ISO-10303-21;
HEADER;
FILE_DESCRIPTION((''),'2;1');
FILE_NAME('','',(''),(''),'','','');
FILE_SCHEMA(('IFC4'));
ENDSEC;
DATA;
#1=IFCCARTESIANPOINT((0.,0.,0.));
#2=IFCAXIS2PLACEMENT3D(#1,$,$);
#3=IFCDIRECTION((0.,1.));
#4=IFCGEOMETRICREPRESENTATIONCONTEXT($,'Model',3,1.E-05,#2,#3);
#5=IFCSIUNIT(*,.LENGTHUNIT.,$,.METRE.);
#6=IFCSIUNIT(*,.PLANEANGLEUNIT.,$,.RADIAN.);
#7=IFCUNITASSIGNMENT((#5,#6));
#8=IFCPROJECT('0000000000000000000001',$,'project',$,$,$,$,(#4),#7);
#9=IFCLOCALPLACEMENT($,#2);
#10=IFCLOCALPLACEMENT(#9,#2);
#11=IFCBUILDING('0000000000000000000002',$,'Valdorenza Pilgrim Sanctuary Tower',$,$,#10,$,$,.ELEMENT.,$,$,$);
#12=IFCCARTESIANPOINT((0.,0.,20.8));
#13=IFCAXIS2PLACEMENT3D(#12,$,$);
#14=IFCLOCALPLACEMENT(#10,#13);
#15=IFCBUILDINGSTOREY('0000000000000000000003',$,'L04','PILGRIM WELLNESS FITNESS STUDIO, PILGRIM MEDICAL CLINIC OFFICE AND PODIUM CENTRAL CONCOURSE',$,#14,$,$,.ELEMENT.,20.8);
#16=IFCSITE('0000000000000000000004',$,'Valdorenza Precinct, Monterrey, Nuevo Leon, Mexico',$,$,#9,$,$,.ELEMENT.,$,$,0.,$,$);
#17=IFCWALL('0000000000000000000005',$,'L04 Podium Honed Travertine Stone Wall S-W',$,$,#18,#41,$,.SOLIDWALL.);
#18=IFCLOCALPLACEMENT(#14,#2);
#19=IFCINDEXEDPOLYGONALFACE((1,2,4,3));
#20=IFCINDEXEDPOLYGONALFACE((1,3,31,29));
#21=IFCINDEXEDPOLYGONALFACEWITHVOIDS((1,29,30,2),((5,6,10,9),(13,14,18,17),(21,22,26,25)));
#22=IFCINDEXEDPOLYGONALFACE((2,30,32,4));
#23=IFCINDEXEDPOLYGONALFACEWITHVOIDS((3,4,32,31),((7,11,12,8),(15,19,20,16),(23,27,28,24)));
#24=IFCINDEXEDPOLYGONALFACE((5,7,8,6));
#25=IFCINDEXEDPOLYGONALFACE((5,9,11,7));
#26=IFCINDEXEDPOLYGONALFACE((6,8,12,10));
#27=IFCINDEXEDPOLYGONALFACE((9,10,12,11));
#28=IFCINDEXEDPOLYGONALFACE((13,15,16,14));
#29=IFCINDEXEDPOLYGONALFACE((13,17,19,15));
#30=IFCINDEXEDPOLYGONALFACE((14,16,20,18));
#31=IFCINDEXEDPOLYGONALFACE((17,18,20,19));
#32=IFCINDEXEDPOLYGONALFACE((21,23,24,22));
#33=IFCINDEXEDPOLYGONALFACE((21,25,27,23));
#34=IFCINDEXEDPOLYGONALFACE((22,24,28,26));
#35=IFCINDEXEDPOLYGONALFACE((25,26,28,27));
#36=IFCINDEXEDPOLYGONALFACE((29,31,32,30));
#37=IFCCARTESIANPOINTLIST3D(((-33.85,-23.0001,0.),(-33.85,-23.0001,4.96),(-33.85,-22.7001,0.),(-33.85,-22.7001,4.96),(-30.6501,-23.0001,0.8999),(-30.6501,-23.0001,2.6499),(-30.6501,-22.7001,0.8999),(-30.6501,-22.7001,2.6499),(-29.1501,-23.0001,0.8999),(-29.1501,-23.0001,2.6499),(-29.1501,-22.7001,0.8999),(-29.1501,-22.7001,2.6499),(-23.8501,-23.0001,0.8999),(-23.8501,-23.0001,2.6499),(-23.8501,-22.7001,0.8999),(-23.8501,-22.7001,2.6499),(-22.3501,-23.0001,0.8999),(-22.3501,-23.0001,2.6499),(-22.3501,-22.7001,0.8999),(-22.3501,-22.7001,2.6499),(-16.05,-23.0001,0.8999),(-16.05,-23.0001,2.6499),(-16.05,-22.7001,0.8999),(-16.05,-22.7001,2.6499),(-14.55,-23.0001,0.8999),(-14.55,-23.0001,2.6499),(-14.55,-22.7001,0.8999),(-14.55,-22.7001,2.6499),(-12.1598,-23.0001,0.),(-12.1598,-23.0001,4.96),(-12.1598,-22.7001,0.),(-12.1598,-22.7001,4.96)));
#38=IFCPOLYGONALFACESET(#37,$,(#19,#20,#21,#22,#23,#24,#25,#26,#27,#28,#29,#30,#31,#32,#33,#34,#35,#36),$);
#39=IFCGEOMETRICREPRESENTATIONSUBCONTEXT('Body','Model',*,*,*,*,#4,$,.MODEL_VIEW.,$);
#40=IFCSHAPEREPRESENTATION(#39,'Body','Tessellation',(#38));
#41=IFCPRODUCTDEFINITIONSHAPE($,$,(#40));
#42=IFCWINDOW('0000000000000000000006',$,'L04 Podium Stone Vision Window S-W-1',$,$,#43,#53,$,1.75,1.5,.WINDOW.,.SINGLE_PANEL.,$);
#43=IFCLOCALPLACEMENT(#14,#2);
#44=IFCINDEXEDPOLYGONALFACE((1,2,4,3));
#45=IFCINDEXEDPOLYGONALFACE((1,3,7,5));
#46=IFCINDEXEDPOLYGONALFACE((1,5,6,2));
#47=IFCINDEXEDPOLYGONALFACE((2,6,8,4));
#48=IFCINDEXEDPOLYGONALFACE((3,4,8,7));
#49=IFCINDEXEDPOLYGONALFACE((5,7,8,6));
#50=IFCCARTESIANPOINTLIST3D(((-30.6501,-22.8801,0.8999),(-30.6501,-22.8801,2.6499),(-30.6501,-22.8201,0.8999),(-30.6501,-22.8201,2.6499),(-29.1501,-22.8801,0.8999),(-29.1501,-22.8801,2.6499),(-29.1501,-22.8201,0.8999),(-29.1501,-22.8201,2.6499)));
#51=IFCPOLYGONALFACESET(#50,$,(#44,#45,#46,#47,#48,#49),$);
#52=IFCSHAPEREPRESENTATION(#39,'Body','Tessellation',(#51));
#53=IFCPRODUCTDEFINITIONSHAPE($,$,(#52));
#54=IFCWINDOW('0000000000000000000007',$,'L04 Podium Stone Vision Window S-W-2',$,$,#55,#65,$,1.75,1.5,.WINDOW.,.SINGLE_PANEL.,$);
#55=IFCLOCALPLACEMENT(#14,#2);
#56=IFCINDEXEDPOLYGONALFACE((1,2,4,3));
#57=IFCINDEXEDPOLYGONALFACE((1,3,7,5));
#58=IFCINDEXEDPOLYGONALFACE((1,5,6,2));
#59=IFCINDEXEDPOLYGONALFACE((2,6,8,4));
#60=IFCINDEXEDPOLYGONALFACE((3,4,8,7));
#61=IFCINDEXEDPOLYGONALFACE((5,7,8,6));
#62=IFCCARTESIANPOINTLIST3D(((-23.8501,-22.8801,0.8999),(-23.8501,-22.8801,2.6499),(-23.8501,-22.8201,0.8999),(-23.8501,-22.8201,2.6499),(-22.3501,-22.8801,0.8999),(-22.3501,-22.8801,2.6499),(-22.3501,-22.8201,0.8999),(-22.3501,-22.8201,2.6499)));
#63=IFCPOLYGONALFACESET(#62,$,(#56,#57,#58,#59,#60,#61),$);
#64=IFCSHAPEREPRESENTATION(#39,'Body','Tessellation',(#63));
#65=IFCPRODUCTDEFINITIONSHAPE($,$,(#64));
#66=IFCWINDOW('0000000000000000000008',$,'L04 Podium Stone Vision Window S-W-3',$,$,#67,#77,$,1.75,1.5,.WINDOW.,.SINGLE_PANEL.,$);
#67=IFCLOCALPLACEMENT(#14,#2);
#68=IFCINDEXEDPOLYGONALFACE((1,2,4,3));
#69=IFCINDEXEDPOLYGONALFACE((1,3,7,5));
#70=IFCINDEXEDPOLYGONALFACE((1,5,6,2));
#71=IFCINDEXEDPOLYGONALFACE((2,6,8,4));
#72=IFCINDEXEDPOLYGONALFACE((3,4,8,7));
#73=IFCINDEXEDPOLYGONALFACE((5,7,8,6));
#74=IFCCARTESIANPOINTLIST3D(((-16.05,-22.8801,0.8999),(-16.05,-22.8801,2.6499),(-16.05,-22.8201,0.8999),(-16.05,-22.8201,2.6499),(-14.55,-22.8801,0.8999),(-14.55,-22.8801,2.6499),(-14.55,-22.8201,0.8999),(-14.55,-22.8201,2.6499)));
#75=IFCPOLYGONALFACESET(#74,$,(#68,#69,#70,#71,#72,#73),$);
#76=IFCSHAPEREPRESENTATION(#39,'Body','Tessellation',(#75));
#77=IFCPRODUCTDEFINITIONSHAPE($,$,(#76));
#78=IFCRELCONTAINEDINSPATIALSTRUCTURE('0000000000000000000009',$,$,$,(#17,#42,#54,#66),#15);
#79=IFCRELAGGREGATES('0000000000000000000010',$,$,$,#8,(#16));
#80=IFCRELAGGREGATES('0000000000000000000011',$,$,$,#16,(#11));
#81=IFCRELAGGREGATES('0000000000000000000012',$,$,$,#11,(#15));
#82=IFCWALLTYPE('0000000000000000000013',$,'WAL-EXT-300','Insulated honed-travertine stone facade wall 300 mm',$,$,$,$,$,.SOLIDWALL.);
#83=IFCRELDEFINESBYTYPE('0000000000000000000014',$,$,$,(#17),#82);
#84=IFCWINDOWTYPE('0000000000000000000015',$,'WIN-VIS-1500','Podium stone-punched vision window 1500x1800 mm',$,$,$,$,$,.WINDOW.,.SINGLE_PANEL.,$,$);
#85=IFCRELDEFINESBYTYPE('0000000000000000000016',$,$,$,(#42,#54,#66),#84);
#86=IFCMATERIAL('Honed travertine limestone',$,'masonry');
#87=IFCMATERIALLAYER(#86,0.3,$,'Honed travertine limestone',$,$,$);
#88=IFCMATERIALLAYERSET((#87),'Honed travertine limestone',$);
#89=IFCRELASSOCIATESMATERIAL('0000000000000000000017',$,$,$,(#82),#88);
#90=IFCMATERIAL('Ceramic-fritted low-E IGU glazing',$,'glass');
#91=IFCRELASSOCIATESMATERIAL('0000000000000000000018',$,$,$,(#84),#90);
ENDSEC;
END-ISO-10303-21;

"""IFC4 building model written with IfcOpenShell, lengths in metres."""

from ifc_helpers import new_model, si_unit, direction, frame, frame_2d, origin, place, context, subcontext, project, spatial, rectangle, extrude, material, layer, layer_set, type_object, element, fill, save


model = new_model("IFC4")

# Units and contexts
model_context = context("Model", 3, precision=1e-05, world=origin(), true_north=direction((0.0, 1.0)))
body_context = subcontext(model_context, "Body", "Model", "MODEL_VIEW")
ifc_project = project(units=[si_unit("LENGTHUNIT", "METRE"), si_unit("PLANEANGLEUNIT", "RADIAN")], contexts=[model_context])

# Site, building, storey
site_placement = place(None, origin())
site = spatial("IfcSite", under=ifc_project, at=site_placement, Name="Valdorenza Precinct, Monterrey, Nuevo Leon, Mexico", CompositionType="ELEMENT", RefElevation=0.0)
building_placement = place(site_placement, origin())
building = spatial("IfcBuilding", under=site, at=building_placement, Name="Valdorenza Pilgrim Sanctuary Tower", CompositionType="ELEMENT")
storey_placement = place(building_placement, frame((0.0, 0.0, 20.8)))
storey = spatial("IfcBuildingStorey", under=building, at=storey_placement, Name="L04", Description="PILGRIM WELLNESS FITNESS STUDIO, PILGRIM MEDICAL CLINIC OFFICE AND PODIUM CENTRAL CONCOURSE", CompositionType="ELEMENT", Elevation=20.8)

# Wall, openings, windows
ifc_material_1 = material(Name="Honed travertine limestone", Category="masonry")
ifc_layer_1 = layer(ifc_material_1, 0.3, Name="Honed travertine limestone")
ifc_layer_set_1 = layer_set([ifc_layer_1], Name="Honed travertine limestone")
wall_type_1 = type_object("IfcWallType", Name="WAL-EXT-300", Description="Insulated honed-travertine stone facade wall 300 mm", PredefinedType="SOLIDWALL", material=ifc_layer_set_1)
ifc_material_2 = material(Name="Ceramic-fritted low-E IGU glazing", Category="glass")
window_type = type_object("IfcWindowType", Name="WIN-VIS-1500", Description="Podium stone-punched vision window 1500x1800 mm", PartitioningType="SINGLE_PANEL", PredefinedType="WINDOW", material=ifc_material_2)
wall_1_placement = place(storey_placement, frame((-33.8501, -22.8501, 0.0), z_axis=(0.0, 0.0, 1.0), x_axis=(1.0, 0.0, 0.0)))
wall_1 = element("IfcWall", 1, at=wall_1_placement, inside=storey, type_object=wall_type_1, Name="L04 Podium Honed Travertine Stone Wall S-W", PredefinedType="SOLIDWALL", context=body_context, shape_type="SweptSolid", body=[
    extrude(rectangle(XDim=21.6902, YDim=0.3, at=frame_2d((10.8452, 0.0))), origin(), (0.0, 0.0, 1.0), 4.96),
])
opening_1_placement = place(wall_1_placement, frame((3.2, 0.0, 0.8999)))
opening_1 = element("IfcOpeningElement", 2, at=opening_1_placement, cuts=wall_1, PredefinedType="OPENING", context=body_context, shape_type="SweptSolid", body=[
    extrude(rectangle(XDim=1.5, YDim=1.75, at=frame_2d((0.75, 0.875))), frame((0.0, 0.165, 0.0), z_axis=(0.0, -1.0, 0.0), x_axis=(1.0, 0.0, 0.0)), (0.0, 0.0, 1.0), 0.3298),
])
opening_2_placement = place(wall_1_placement, frame((10.0, 0.0, 0.8999)))
opening_2 = element("IfcOpeningElement", 3, at=opening_2_placement, cuts=wall_1, PredefinedType="OPENING", context=body_context, shape_type="SweptSolid", body=[
    extrude(rectangle(XDim=1.5, YDim=1.75, at=frame_2d((0.75, 0.875))), frame((0.0, 0.165, 0.0), z_axis=(0.0, -1.0, 0.0), x_axis=(1.0, 0.0, 0.0)), (0.0, 0.0, 1.0), 0.3298),
])
opening_3_placement = place(wall_1_placement, frame((17.8, 0.0, 0.8999)))
opening_3 = element("IfcOpeningElement", 4, at=opening_3_placement, cuts=wall_1, PredefinedType="OPENING", context=body_context, shape_type="SweptSolid", body=[
    extrude(rectangle(XDim=1.5, YDim=1.75, at=frame_2d((0.75, 0.875))), frame((0.0, 0.165, 0.0), z_axis=(0.0, -1.0, 0.0), x_axis=(1.0, 0.0, 0.0)), (0.0, 0.0, 1.0), 0.3298),
])
window_1_placement = place(opening_1_placement, origin())
window_1 = element("IfcWindow", 5, at=window_1_placement, inside=storey, type_object=window_type, Name="L04 Podium Stone Vision Window S-W-1", OverallHeight=1.75, OverallWidth=1.5, PartitioningType="SINGLE_PANEL", PredefinedType="WINDOW", context=body_context, shape_type="SweptSolid", body=[
    extrude(rectangle(XDim=1.5, YDim=1.75, at=frame_2d((0.75, 0.875))), frame((0.0, 0.03, 0.0), z_axis=(0.0, -1.0, 0.0), x_axis=(1.0, 0.0, 0.0)), (0.0, 0.0, 1.0), 0.0601),
])
fill(opening_1, window_1)
window_2_placement = place(opening_2_placement, origin())
window_2 = element("IfcWindow", 6, at=window_2_placement, inside=storey, type_object=window_type, Name="L04 Podium Stone Vision Window S-W-2", OverallHeight=1.75, OverallWidth=1.5, PartitioningType="SINGLE_PANEL", PredefinedType="WINDOW", context=body_context, shape_type="SweptSolid", body=[
    extrude(rectangle(XDim=1.5, YDim=1.75, at=frame_2d((0.75, 0.875))), frame((0.0, 0.03, 0.0), z_axis=(0.0, -1.0, 0.0), x_axis=(1.0, 0.0, 0.0)), (0.0, 0.0, 1.0), 0.0601),
])
fill(opening_2, window_2)
window_3_placement = place(opening_3_placement, origin())
window_3 = element("IfcWindow", 7, at=window_3_placement, inside=storey, type_object=window_type, Name="L04 Podium Stone Vision Window S-W-3", OverallHeight=1.75, OverallWidth=1.5, PartitioningType="SINGLE_PANEL", PredefinedType="WINDOW", context=body_context, shape_type="SweptSolid", body=[
    extrude(rectangle(XDim=1.5, YDim=1.75, at=frame_2d((0.75, 0.875))), frame((0.0, 0.03, 0.0), z_axis=(0.0, -1.0, 0.0), x_axis=(1.0, 0.0, 0.0)), (0.0, 0.0, 1.0), 0.0601),
])
fill(opening_3, window_3)

save(model, "model.ifc")
